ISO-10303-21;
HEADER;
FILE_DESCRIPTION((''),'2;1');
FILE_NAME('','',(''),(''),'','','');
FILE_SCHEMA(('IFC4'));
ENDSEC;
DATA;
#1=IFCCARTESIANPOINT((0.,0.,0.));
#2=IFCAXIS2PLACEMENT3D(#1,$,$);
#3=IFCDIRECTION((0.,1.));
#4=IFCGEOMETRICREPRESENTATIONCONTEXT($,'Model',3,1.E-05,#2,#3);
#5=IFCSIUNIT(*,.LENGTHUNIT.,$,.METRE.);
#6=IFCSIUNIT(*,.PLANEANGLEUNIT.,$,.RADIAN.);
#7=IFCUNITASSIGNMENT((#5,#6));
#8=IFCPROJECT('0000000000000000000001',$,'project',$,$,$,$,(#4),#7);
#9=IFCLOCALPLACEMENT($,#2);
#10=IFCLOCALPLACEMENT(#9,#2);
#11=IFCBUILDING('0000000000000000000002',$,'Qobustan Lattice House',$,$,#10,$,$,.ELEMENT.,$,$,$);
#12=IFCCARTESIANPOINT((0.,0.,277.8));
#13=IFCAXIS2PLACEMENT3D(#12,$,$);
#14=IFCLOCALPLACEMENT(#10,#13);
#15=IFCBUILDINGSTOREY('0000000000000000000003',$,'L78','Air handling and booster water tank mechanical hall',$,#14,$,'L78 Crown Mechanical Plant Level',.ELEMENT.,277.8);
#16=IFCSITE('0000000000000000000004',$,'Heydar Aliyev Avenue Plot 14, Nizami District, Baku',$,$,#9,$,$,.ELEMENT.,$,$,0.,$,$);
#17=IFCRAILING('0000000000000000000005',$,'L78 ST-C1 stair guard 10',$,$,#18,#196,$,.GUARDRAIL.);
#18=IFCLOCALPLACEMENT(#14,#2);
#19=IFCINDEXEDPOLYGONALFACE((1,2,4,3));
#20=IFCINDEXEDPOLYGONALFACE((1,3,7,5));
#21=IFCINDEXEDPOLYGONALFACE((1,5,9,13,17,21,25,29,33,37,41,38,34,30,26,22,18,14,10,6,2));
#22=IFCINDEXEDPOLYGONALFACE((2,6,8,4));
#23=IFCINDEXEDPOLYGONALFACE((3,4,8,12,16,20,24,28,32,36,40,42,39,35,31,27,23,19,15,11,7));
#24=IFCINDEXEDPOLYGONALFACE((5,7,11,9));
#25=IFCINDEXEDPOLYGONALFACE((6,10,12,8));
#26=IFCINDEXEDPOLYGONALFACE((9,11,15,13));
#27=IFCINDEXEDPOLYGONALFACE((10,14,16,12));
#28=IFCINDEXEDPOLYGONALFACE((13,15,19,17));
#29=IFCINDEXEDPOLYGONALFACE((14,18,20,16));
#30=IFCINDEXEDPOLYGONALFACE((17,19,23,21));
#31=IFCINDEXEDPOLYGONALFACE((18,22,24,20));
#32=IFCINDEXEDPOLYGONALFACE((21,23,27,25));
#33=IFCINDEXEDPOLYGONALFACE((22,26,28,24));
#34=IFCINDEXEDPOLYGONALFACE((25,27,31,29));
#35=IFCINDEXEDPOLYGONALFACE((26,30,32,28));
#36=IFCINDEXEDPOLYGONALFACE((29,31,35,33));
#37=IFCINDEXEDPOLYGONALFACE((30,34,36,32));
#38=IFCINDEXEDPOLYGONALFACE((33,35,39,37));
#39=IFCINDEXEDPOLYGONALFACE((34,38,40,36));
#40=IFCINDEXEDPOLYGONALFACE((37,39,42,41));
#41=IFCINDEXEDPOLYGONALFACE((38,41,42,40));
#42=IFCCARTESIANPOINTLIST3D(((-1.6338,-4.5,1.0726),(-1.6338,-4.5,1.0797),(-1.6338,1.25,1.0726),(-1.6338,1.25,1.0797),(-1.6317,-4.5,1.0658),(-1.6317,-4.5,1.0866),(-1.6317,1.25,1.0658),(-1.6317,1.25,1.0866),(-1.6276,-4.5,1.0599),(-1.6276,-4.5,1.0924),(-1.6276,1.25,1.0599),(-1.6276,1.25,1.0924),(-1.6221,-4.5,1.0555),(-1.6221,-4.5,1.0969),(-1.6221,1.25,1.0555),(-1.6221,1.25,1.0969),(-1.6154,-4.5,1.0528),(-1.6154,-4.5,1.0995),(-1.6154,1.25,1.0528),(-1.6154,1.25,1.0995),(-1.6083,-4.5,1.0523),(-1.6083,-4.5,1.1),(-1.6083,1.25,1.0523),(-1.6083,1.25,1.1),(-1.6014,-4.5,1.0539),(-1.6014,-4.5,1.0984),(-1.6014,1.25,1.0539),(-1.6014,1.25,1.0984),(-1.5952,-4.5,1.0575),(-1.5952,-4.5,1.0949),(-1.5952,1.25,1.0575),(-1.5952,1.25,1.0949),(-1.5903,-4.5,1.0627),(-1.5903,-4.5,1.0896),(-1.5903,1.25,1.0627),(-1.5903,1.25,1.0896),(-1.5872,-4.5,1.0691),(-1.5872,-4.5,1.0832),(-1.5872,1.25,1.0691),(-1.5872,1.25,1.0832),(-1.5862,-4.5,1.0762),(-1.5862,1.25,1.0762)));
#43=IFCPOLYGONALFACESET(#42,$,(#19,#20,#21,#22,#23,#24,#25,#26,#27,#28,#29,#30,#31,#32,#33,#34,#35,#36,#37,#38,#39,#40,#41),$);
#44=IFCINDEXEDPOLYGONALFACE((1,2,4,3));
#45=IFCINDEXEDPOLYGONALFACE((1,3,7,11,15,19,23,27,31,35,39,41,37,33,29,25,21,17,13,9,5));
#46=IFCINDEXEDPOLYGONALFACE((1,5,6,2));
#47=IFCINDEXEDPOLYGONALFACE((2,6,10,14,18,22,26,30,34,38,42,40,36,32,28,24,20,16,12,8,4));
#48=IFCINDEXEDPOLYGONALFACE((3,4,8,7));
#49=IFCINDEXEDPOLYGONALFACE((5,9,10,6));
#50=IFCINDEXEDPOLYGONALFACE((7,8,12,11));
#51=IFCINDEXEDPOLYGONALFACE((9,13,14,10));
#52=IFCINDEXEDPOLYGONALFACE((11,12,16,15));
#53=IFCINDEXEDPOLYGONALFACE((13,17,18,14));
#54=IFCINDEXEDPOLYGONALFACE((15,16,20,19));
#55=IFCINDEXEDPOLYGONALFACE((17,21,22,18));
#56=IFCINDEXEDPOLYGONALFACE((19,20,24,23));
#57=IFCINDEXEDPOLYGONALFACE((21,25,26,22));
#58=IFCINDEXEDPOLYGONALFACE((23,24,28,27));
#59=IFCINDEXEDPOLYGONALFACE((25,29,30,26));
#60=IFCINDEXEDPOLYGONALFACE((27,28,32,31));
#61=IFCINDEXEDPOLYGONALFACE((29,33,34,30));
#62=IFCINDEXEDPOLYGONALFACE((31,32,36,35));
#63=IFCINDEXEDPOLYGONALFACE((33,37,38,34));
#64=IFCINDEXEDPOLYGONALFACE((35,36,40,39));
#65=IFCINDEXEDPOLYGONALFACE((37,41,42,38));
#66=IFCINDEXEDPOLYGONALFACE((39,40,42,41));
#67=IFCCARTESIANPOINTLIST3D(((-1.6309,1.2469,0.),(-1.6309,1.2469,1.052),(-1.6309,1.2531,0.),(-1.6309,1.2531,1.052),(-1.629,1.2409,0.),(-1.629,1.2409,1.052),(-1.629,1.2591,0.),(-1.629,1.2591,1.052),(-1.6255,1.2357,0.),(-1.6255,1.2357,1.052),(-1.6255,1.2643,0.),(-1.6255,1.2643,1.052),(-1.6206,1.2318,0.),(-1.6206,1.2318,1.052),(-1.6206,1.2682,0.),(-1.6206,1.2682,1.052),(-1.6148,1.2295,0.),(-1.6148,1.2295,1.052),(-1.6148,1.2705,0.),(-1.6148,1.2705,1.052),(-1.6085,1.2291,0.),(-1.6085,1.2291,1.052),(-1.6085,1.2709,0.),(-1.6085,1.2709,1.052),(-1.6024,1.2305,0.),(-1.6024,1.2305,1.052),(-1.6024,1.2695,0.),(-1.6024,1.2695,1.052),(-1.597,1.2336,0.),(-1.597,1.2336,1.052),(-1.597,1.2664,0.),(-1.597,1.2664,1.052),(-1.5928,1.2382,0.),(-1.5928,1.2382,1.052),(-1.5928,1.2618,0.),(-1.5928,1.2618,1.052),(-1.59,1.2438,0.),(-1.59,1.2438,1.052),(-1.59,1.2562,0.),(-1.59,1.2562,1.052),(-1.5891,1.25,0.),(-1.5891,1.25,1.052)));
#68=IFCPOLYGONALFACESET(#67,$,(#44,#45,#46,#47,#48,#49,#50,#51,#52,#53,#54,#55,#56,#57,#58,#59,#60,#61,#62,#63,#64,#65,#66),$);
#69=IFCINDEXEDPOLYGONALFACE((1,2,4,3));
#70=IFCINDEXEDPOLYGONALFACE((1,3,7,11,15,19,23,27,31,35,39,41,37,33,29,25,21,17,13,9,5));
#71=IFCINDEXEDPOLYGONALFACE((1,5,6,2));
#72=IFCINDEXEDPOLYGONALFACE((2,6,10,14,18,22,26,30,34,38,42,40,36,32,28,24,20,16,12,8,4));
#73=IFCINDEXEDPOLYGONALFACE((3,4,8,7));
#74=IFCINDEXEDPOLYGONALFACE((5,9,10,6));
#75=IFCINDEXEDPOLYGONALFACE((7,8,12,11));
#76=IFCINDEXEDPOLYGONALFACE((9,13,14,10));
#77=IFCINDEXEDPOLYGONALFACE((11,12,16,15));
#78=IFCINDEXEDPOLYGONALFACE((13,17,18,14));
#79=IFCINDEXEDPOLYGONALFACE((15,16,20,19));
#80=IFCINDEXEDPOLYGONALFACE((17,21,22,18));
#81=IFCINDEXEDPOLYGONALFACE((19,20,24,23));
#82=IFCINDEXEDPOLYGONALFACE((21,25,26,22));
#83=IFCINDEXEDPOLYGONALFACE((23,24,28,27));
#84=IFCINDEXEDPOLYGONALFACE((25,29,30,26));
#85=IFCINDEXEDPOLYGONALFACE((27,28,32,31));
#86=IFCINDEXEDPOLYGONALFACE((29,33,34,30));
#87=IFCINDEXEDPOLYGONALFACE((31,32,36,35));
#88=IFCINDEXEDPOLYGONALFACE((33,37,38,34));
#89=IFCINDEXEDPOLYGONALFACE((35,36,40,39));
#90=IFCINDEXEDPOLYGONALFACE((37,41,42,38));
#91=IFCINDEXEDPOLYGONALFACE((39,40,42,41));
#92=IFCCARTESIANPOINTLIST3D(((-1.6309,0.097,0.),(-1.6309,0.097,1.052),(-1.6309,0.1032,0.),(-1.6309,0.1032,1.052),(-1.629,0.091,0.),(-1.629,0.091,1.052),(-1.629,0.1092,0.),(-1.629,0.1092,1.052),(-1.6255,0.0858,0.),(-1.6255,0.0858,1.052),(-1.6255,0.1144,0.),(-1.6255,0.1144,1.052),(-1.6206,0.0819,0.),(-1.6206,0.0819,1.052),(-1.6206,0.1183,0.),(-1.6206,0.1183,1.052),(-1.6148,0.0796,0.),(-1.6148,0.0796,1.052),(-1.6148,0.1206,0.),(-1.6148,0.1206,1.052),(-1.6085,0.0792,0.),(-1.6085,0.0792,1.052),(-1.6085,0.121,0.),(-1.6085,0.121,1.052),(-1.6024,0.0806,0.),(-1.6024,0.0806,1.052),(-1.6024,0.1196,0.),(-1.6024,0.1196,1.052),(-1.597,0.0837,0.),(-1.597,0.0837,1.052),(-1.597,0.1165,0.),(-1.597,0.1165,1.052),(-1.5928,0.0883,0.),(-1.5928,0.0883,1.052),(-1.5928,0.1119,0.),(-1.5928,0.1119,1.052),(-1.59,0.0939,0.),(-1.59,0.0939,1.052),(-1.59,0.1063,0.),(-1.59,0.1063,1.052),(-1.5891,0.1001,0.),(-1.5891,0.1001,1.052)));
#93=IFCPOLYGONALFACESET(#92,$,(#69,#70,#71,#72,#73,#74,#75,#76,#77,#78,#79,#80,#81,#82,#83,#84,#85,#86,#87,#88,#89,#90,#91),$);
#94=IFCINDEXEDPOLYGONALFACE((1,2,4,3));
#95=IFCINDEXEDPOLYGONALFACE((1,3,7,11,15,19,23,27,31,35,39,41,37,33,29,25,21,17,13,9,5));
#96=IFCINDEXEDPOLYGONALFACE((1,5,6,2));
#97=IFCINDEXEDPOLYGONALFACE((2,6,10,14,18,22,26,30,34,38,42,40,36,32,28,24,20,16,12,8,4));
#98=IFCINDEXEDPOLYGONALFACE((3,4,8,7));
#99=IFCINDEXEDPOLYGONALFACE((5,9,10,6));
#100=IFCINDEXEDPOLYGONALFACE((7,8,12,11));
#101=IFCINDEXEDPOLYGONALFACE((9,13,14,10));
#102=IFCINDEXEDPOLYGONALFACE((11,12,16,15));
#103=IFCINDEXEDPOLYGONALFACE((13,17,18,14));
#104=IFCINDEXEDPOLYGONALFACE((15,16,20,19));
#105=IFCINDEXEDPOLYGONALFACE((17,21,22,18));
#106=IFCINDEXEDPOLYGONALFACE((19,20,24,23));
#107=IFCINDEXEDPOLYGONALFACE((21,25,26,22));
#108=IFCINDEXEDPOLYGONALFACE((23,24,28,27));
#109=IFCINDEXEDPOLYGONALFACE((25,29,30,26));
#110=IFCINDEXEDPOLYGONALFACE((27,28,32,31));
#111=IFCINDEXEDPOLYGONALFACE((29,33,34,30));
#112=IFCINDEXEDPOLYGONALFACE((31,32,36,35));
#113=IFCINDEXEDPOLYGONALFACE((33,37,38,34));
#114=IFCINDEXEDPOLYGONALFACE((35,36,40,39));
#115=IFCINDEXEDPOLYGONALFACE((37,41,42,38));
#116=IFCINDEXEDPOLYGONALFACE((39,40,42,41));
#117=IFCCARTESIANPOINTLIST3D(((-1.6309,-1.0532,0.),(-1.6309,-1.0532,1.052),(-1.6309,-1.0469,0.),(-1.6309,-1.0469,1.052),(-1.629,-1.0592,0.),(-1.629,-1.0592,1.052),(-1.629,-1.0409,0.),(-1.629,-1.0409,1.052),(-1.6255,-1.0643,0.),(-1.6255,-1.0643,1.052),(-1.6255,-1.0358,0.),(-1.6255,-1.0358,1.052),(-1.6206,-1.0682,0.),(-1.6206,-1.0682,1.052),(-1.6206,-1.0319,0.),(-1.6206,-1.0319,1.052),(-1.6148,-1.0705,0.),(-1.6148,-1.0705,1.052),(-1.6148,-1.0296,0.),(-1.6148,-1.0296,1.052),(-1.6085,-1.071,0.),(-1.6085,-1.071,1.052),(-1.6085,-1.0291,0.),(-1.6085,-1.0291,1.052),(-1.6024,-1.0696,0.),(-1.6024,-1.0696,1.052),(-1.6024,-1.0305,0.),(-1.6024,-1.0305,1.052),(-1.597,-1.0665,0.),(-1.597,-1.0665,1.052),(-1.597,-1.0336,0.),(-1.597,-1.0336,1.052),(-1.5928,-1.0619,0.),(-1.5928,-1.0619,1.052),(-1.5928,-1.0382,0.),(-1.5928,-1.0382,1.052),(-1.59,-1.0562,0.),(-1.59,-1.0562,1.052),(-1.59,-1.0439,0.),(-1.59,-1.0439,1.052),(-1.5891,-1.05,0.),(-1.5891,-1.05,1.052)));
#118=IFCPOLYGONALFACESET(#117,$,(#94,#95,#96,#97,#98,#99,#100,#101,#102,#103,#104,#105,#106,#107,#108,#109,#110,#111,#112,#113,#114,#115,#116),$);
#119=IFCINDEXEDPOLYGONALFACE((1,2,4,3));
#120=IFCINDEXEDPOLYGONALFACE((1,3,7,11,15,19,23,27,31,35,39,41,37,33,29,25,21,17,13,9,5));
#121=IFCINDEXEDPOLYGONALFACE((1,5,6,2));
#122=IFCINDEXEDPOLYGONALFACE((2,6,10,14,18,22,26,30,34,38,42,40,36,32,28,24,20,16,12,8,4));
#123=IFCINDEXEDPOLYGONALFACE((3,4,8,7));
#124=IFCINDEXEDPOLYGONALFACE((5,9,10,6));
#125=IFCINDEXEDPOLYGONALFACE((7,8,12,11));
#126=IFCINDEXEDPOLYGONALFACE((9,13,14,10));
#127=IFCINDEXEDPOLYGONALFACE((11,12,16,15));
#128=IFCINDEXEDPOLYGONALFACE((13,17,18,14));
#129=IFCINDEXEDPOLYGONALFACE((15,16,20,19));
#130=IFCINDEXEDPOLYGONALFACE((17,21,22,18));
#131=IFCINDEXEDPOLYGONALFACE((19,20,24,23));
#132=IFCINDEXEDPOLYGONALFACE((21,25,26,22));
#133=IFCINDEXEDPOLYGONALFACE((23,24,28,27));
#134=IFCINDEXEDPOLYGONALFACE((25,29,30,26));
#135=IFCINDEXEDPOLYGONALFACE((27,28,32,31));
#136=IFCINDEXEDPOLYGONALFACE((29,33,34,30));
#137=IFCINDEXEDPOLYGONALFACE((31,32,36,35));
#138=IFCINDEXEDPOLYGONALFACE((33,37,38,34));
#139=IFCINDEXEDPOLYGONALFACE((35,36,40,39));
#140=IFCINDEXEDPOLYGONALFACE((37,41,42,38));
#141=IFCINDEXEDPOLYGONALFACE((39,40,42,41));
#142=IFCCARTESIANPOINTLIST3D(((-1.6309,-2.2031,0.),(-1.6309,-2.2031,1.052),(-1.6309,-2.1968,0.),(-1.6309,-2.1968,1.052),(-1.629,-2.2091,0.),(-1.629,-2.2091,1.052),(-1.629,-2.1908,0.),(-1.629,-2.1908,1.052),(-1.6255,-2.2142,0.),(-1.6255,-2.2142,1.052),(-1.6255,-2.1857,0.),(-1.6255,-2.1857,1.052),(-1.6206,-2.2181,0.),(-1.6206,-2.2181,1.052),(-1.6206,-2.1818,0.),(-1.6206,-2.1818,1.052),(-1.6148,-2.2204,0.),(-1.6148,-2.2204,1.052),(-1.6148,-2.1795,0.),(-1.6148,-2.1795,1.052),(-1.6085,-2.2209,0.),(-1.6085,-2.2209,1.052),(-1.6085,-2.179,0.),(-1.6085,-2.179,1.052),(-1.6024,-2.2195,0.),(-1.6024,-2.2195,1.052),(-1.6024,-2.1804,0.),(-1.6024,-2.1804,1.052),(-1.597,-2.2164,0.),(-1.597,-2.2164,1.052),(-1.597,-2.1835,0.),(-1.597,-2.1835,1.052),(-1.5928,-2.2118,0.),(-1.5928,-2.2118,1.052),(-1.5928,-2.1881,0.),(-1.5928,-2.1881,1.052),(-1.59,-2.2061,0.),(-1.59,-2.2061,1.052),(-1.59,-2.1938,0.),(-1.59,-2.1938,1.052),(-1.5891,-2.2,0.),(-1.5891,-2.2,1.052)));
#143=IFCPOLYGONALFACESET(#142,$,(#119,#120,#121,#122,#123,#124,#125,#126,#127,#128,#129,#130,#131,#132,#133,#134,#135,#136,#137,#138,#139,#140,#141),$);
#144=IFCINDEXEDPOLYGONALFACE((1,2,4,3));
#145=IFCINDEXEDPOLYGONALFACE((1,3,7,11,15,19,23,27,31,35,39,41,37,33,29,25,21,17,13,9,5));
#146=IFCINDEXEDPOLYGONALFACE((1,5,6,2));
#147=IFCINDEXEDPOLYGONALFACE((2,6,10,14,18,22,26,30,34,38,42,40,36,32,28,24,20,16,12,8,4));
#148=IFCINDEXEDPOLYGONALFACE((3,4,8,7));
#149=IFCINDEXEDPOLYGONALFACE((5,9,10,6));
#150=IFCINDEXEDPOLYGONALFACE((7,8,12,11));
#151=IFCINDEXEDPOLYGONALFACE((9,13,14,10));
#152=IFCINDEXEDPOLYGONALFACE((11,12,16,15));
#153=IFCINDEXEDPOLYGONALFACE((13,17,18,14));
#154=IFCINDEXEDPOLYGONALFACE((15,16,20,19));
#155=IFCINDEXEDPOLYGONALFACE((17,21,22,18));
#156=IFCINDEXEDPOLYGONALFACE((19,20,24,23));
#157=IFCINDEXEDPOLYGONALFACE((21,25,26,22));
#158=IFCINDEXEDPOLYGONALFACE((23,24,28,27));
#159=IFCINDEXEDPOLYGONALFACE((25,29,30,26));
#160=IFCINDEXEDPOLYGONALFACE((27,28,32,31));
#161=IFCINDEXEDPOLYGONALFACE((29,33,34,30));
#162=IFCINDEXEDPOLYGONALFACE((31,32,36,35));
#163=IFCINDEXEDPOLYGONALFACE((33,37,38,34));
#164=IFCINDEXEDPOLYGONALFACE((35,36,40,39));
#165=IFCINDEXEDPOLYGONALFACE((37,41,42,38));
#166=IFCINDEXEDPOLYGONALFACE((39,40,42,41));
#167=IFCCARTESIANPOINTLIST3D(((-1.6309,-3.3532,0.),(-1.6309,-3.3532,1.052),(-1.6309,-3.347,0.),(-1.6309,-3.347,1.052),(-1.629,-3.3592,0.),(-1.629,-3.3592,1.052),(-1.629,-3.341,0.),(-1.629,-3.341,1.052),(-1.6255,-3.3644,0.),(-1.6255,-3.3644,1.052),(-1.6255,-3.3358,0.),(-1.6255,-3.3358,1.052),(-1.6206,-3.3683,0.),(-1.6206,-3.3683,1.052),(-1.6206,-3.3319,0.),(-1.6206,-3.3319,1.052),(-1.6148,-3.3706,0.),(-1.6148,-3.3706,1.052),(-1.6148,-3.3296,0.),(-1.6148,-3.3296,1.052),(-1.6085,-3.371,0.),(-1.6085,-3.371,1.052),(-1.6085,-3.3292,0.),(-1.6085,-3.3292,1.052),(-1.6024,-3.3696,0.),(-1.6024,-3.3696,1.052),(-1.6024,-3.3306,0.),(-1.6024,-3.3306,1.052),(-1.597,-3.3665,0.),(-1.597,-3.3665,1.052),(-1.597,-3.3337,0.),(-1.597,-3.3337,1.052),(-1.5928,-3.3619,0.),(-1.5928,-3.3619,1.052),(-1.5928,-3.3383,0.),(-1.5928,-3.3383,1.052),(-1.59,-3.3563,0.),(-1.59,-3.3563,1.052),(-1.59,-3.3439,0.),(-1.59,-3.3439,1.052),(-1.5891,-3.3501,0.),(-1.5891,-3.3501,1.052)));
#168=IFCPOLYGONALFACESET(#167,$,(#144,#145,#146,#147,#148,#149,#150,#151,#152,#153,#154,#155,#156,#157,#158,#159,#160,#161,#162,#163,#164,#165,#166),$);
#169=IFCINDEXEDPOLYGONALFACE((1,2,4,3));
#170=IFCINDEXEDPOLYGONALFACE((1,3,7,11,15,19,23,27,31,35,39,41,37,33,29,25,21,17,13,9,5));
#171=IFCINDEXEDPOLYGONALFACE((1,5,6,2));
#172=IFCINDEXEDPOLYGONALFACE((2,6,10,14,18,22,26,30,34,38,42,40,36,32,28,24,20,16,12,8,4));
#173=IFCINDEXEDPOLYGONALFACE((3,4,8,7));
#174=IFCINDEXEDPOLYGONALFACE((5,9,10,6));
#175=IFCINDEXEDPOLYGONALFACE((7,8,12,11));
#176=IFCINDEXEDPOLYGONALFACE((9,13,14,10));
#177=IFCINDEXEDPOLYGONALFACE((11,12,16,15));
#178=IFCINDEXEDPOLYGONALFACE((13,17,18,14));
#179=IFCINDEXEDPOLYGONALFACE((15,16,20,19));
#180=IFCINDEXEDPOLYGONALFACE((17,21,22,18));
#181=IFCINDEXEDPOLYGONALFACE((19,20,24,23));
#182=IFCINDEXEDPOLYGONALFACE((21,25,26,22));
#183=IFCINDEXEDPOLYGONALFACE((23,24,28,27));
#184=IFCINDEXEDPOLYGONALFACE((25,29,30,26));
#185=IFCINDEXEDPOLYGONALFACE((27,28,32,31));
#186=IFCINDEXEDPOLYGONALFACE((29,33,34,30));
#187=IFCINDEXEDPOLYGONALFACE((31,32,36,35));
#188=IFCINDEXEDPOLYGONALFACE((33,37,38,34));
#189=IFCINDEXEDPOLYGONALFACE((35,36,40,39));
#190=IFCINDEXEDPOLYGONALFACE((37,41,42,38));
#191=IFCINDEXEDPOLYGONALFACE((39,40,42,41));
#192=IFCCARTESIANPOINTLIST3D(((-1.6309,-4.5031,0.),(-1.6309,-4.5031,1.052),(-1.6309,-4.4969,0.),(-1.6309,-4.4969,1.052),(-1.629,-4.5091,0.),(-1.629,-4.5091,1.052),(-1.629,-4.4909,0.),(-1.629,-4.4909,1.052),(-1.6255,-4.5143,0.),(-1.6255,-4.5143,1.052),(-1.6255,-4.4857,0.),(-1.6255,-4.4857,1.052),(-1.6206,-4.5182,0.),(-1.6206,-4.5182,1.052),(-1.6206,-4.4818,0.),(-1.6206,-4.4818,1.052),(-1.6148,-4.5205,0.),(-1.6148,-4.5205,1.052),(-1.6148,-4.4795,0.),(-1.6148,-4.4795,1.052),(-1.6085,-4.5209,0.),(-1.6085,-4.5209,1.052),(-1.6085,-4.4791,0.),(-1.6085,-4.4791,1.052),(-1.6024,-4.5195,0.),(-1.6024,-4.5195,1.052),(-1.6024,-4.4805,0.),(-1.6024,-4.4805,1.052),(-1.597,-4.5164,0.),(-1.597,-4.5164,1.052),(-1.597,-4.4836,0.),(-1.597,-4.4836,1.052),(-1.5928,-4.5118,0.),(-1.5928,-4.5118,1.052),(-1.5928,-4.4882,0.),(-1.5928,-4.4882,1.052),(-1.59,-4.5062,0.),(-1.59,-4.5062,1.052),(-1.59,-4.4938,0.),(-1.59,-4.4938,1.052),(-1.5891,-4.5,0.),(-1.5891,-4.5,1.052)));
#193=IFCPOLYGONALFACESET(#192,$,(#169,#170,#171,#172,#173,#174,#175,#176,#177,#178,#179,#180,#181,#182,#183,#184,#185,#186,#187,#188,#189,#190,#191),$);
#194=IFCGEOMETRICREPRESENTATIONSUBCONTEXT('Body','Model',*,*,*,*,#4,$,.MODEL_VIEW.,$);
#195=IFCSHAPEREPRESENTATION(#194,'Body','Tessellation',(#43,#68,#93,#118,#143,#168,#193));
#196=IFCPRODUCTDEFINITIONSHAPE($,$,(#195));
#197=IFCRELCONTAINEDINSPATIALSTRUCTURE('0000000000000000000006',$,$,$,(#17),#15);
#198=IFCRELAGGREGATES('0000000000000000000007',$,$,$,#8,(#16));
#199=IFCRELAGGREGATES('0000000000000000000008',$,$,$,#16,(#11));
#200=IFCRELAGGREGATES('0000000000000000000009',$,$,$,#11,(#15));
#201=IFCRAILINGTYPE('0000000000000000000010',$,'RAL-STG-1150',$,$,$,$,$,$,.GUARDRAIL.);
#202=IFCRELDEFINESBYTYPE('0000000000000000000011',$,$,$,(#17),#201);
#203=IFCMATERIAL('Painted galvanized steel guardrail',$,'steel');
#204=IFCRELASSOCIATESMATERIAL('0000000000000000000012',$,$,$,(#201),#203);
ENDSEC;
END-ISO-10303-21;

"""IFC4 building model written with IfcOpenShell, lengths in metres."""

from ifc_helpers import new_model, si_unit, direction, frame, origin, origin_2d, place, context, subcontext, project, spatial, circle, extrude, material, type_object, element, save


model = new_model("IFC4")

# Units and contexts
model_context = context("Model", 3, precision=1e-05, world=origin(), true_north=direction((0.0, 1.0)))
body_context = subcontext(model_context, "Body", "Model", "MODEL_VIEW")
ifc_project = project(units=[si_unit("LENGTHUNIT", "METRE"), si_unit("PLANEANGLEUNIT", "RADIAN")], contexts=[model_context])

# Site, building, storey
site_placement = place(None, origin())
site = spatial("IfcSite", under=ifc_project, at=site_placement, Name="Heydar Aliyev Avenue Plot 14, Nizami District, Baku", CompositionType="ELEMENT", RefElevation=0.0)
building_placement = place(site_placement, origin())
building = spatial("IfcBuilding", under=site, at=building_placement, Name="Qobustan Lattice House", CompositionType="ELEMENT")
storey_placement = place(building_placement, frame((0.0, 0.0, 277.8)))
storey = spatial("IfcBuildingStorey", under=building, at=storey_placement, Name="L78", Description="Air handling and booster water tank mechanical hall", LongName="L78 Crown Mechanical Plant Level", CompositionType="ELEMENT", Elevation=277.8)

# Railing
ifc_material_1 = material(Name="Painted galvanized steel guardrail", Category="steel")
railing_type_1 = type_object("IfcRailingType", Name="RAL-STG-1150", PredefinedType="GUARDRAIL", material=ifc_material_1)
railing_1_placement = place(storey_placement, frame((-1.6101, 1.25, 0.0)))
element("IfcRailing", 1, at=railing_1_placement, inside=storey, type_object=railing_type_1, Name="L78 ST-C1 stair guard 10", PredefinedType="GUARDRAIL", context=body_context, shape_type="SweptSolid", body=[
    extrude(circle(Radius=0.0239, at=origin_2d()), frame((0.0, 0.0, 1.0762), z_axis=(0.0, -1.0, 0.0), x_axis=(1.0, 0.0, 0.0)), (0.0, 0.0, 1.0), 5.75),
    extrude(circle(Radius=0.021, at=origin_2d()), origin(), (0.0, 0.0, 1.0), 1.052),
    extrude(circle(Radius=0.021, at=origin_2d()), frame((0.0, -1.1499, 0.0)), (0.0, 0.0, 1.0), 1.052),
    extrude(circle(Radius=0.021, at=origin_2d()), frame((0.0, -2.3, 0.0)), (0.0, 0.0, 1.0), 1.052),
    extrude(circle(Radius=0.021, at=origin_2d()), frame((0.0, -3.45, 0.0)), (0.0, 0.0, 1.0), 1.052),
    extrude(circle(Radius=0.021, at=origin_2d()), frame((0.0, -4.6001, 0.0)), (0.0, 0.0, 1.0), 1.052),
    extrude(circle(Radius=0.021, at=origin_2d()), frame((0.0, -5.75, 0.0)), (0.0, 0.0, 1.0), 1.052),
])

save(model, "model.ifc")
